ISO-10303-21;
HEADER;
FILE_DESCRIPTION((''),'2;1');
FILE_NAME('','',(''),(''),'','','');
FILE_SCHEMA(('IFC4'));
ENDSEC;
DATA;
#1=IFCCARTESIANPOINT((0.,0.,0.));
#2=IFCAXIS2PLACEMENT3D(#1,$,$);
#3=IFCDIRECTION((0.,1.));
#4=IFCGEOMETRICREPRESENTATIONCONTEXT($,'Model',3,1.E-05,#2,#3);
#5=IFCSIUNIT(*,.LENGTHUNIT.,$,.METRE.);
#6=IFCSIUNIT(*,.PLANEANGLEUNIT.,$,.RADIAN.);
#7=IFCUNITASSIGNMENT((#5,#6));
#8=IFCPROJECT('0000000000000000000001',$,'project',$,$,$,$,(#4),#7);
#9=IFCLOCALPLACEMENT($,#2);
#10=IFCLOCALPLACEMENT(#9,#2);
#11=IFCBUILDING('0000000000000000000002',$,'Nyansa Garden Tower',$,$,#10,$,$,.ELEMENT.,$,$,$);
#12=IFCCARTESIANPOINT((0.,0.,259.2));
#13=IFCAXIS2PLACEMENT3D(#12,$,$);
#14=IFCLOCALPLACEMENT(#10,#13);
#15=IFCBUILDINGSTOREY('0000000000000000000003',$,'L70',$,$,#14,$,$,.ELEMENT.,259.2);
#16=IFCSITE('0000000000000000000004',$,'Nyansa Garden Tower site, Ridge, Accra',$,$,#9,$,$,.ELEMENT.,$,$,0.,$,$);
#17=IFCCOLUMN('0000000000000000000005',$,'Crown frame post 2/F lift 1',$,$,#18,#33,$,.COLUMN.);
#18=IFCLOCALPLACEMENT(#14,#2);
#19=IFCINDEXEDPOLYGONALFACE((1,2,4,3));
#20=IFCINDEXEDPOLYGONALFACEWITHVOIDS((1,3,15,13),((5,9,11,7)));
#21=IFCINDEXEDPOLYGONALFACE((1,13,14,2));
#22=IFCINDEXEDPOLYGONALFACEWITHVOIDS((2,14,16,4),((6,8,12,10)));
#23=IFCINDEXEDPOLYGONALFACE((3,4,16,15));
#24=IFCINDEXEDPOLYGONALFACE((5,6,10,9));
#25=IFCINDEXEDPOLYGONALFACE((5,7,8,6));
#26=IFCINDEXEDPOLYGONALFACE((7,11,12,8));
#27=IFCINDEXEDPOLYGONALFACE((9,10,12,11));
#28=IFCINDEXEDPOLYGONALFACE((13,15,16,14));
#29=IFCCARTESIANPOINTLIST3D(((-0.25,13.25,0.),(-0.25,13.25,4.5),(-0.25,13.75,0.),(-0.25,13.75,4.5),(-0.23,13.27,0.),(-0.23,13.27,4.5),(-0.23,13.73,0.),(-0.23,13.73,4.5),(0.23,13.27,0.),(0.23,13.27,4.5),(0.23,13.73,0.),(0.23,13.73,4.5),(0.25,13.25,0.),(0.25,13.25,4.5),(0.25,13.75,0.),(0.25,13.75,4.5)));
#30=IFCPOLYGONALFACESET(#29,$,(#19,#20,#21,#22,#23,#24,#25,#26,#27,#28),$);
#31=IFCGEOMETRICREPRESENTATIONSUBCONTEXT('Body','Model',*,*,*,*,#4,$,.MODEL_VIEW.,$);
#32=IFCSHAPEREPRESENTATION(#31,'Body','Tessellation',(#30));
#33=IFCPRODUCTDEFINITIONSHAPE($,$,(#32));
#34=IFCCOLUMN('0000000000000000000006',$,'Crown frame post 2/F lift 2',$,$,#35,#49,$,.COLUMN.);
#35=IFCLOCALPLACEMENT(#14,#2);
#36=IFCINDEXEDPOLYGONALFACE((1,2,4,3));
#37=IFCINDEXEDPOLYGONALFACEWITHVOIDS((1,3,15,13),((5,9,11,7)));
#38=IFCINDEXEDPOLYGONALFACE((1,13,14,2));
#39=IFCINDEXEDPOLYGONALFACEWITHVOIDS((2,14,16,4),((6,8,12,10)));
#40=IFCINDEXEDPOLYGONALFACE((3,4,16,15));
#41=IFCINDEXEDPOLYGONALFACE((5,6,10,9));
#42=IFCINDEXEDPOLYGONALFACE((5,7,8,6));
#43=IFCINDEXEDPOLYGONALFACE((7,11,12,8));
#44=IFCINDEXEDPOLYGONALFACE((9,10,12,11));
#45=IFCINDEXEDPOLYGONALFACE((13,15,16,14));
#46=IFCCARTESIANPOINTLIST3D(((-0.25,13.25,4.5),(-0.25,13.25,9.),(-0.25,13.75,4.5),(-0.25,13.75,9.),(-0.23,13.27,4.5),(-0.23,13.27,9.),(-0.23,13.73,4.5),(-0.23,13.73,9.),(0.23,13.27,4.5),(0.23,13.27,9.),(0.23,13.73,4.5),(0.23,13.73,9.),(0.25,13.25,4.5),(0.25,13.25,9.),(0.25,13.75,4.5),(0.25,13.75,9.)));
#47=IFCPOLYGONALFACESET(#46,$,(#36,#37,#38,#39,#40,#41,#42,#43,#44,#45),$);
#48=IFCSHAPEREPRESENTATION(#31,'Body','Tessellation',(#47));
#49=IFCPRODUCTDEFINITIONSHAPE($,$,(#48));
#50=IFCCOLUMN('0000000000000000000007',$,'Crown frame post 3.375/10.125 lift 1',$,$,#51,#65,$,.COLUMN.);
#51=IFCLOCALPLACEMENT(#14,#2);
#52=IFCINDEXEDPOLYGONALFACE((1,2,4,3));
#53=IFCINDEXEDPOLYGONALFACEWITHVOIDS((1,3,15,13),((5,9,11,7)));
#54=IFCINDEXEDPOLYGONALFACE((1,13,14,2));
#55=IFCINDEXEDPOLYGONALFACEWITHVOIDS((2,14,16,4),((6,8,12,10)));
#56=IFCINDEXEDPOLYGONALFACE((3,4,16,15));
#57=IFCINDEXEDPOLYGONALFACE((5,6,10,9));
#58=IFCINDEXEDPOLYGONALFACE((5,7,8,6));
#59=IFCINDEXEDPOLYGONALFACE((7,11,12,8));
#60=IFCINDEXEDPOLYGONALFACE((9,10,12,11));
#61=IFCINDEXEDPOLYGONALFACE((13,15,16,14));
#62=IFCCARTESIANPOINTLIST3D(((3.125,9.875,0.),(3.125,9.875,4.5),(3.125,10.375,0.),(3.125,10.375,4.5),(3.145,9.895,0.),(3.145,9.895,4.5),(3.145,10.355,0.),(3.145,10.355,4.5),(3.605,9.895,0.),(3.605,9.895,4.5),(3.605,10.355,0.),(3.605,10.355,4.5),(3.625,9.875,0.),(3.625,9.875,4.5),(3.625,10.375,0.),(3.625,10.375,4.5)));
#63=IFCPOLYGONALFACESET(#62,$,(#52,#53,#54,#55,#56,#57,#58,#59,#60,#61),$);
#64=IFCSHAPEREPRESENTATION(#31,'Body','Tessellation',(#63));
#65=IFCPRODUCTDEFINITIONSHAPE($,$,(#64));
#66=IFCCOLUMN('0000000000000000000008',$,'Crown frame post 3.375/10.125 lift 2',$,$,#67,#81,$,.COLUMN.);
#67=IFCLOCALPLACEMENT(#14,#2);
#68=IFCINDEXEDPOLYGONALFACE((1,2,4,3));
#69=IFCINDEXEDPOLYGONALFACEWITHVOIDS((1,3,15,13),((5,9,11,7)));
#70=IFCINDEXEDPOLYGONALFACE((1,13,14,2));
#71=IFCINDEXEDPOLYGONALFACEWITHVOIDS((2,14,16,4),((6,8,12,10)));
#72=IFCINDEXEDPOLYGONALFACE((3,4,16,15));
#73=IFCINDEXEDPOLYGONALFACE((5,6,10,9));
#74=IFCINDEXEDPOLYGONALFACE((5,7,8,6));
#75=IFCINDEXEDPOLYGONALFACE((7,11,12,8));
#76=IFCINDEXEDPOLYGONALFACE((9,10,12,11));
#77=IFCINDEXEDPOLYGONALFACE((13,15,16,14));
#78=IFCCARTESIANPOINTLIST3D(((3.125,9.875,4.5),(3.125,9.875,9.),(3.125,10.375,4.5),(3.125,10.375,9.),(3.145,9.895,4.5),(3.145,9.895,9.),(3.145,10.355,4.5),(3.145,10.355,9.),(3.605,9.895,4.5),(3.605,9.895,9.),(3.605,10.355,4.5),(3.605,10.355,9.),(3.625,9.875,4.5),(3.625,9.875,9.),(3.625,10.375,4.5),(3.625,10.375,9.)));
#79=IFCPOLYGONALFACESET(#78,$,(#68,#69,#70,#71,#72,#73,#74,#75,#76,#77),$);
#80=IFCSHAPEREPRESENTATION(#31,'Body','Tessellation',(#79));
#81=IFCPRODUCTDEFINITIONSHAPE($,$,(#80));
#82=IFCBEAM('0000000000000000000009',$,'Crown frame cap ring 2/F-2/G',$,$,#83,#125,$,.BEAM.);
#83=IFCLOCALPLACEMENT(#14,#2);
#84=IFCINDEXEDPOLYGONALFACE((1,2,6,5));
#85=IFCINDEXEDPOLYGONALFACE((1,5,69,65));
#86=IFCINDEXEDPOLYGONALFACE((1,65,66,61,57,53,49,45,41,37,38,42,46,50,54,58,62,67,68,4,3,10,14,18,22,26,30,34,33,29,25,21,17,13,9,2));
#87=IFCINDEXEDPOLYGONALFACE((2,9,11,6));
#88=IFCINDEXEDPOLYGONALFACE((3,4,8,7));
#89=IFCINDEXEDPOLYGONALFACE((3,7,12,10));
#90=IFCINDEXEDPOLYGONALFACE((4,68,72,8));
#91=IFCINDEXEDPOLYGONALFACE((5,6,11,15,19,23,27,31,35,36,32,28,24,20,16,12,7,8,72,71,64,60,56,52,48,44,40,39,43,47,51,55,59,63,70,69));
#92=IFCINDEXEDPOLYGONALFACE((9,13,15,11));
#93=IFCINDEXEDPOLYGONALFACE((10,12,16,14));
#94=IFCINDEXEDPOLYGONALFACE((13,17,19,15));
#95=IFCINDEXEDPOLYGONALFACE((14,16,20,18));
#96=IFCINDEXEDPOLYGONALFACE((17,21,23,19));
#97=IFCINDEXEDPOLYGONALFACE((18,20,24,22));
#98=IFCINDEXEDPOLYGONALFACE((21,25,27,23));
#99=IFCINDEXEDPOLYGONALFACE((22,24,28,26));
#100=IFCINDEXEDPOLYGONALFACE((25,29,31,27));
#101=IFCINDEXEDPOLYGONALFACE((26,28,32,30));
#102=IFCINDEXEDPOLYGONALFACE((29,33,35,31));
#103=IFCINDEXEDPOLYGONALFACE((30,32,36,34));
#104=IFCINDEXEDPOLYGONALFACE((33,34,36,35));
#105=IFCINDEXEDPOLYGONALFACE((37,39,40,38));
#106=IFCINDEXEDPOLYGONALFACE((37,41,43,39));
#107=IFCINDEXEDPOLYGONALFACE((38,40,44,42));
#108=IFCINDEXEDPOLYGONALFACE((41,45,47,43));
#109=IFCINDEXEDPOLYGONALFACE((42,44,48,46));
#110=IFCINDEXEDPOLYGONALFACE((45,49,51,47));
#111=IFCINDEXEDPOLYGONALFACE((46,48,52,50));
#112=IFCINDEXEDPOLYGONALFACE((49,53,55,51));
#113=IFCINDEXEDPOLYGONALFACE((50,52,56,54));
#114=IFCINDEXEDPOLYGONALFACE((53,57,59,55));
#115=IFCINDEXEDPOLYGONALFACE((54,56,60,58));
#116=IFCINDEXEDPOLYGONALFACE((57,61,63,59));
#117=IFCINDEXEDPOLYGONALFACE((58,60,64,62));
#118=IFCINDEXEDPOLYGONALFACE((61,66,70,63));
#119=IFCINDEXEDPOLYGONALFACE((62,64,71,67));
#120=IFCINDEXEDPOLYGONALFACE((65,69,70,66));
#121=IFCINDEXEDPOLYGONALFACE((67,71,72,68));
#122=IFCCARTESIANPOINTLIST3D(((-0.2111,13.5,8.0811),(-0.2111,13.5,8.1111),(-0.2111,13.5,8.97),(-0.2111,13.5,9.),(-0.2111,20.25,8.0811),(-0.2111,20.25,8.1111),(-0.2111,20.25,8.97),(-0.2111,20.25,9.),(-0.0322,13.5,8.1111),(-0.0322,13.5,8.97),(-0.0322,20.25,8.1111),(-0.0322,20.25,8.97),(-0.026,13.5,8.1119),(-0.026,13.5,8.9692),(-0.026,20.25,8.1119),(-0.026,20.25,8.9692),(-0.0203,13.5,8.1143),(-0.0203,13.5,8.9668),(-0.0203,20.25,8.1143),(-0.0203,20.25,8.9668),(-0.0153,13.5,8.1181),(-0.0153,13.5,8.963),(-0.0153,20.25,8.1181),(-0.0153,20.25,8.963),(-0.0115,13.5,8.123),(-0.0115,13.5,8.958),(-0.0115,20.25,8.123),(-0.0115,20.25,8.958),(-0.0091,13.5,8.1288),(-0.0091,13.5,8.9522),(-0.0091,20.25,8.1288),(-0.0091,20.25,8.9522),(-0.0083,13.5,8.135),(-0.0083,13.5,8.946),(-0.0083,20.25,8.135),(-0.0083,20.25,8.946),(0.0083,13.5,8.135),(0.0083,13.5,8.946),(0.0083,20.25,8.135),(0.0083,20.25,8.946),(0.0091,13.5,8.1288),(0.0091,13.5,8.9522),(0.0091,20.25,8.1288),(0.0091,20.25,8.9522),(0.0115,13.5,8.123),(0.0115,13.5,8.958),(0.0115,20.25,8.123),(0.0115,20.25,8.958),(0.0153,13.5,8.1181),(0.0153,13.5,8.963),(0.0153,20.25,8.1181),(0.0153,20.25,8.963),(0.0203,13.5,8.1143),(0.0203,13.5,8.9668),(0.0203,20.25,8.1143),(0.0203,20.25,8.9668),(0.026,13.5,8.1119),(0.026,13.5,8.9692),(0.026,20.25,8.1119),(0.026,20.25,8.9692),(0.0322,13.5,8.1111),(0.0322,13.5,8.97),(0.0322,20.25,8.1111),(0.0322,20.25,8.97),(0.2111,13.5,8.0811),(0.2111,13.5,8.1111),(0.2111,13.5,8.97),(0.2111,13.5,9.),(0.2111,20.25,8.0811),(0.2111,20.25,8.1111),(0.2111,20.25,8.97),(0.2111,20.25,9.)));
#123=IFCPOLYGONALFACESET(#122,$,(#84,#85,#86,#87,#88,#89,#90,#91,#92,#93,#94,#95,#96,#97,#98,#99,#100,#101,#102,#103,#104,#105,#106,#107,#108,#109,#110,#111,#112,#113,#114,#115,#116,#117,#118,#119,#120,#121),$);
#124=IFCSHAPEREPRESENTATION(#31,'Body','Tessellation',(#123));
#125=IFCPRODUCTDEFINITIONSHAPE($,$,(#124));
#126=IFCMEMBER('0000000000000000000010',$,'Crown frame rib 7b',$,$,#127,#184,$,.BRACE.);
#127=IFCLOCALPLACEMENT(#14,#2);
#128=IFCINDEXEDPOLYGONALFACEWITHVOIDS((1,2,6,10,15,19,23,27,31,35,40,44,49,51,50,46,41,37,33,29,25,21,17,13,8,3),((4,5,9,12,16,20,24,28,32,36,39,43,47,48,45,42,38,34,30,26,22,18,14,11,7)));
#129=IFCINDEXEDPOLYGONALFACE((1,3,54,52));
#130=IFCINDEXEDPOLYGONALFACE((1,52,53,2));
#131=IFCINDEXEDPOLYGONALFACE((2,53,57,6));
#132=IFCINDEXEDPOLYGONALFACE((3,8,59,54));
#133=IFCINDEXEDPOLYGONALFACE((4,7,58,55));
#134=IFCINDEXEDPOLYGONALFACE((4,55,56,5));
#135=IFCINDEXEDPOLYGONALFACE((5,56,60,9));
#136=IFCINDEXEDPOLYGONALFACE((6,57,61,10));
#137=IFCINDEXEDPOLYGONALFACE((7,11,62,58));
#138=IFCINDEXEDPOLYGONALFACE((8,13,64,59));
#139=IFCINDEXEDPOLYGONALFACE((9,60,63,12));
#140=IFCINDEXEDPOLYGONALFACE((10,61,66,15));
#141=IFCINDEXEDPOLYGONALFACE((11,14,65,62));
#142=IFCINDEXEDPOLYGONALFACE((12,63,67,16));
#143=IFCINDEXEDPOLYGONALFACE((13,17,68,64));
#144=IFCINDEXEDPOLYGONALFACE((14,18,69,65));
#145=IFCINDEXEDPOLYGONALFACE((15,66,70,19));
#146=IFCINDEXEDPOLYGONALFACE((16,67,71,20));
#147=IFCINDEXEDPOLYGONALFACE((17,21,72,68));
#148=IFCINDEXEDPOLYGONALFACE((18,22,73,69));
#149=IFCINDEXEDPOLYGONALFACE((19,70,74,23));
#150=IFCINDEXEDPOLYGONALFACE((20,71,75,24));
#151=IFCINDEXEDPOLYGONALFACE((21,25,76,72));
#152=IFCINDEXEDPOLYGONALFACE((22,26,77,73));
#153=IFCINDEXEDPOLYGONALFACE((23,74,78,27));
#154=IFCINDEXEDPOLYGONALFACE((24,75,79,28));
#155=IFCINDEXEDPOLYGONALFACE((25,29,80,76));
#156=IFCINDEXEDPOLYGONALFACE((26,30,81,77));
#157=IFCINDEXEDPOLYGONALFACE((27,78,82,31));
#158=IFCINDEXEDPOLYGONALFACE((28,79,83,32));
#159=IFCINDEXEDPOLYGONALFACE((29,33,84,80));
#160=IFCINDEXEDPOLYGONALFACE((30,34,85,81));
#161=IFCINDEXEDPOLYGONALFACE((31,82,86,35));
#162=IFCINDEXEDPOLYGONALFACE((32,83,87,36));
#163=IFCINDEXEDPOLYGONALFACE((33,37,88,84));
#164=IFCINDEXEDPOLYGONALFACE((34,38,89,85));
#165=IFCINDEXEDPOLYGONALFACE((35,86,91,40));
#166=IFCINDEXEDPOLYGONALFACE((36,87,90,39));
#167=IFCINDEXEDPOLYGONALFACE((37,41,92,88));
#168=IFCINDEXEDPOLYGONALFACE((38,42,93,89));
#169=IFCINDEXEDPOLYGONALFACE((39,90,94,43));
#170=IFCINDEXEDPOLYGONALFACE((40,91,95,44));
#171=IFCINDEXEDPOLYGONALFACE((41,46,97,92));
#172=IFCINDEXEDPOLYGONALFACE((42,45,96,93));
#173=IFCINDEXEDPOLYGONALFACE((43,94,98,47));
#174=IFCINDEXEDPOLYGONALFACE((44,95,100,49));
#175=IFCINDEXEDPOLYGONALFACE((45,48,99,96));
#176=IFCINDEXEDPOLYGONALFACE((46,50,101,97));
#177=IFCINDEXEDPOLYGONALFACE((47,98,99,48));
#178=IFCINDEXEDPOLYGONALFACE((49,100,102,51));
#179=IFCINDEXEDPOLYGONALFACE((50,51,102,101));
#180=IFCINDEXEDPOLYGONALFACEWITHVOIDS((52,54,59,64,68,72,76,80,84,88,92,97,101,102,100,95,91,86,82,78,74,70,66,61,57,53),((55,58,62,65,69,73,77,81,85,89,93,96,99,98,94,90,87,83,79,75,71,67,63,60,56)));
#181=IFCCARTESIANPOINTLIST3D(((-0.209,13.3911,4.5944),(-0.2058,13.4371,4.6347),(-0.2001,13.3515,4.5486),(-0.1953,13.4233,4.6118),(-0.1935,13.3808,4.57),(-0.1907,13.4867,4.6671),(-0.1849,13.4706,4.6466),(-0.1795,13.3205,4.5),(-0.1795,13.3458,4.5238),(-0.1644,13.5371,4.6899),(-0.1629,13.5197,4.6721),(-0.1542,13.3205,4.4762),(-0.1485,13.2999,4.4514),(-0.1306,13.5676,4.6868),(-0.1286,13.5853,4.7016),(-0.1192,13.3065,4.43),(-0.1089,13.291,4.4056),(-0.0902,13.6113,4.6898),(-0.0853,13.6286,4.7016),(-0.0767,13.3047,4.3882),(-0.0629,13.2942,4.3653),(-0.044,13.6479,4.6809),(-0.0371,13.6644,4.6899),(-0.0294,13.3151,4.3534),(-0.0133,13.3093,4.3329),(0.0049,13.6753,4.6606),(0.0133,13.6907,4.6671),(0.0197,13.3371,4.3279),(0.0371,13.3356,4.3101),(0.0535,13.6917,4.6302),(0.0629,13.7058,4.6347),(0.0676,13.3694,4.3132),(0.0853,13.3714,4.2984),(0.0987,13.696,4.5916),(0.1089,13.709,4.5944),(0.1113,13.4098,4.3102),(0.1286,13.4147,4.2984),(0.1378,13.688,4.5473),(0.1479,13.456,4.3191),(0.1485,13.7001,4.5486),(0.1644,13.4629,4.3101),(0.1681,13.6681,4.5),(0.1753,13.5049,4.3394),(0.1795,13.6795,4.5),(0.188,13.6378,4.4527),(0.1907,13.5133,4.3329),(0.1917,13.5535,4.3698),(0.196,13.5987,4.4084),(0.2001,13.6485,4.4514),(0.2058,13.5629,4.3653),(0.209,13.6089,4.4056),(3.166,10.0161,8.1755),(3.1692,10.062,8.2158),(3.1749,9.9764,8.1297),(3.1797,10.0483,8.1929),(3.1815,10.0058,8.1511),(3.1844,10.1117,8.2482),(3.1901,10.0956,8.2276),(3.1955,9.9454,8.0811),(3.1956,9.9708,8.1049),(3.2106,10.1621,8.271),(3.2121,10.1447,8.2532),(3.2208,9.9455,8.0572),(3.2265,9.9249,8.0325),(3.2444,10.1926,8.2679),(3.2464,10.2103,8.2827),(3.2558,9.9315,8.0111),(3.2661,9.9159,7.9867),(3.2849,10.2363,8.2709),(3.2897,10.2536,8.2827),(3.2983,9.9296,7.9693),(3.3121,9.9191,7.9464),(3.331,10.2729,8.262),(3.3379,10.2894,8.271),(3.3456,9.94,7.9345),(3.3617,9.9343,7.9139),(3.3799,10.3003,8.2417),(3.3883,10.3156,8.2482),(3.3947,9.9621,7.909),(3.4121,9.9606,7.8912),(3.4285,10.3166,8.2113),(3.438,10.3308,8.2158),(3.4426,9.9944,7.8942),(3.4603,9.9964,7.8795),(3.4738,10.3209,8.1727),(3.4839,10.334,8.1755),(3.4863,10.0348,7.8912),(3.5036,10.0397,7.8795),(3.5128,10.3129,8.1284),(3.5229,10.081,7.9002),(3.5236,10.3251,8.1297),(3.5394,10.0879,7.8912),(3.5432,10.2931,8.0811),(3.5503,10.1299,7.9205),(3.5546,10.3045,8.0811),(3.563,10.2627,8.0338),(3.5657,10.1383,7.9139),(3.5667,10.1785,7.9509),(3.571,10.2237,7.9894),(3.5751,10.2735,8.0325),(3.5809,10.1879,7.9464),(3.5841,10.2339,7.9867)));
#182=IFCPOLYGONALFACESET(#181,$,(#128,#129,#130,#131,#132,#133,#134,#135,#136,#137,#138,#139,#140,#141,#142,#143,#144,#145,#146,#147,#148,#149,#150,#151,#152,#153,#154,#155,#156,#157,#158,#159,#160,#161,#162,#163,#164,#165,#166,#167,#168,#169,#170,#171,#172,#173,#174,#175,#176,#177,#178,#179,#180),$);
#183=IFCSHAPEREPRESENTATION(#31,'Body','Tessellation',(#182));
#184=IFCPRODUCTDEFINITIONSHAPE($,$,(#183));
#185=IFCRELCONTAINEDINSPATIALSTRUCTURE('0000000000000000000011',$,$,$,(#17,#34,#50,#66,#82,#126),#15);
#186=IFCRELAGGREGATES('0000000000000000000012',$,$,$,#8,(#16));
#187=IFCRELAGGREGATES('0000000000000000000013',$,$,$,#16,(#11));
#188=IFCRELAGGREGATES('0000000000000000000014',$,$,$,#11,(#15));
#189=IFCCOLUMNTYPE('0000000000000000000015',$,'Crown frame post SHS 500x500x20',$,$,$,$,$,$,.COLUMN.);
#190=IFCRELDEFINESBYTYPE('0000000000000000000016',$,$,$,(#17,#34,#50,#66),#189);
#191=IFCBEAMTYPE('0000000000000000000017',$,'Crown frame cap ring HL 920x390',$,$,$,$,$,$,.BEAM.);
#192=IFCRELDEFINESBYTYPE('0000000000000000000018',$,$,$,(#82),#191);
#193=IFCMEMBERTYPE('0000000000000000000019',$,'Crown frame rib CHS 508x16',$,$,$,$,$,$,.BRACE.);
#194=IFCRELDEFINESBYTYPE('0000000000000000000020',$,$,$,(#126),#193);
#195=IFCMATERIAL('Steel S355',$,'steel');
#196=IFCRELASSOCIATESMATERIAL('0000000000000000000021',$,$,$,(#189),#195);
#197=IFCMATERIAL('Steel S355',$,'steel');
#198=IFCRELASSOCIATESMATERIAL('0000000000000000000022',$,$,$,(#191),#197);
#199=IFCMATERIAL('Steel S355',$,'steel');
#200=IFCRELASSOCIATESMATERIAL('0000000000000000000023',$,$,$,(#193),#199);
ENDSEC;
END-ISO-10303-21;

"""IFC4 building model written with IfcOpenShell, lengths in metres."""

from ifc_helpers import new_model, si_unit, direction, frame, origin, origin_2d, place, context, subcontext, project, spatial, hollow_rectangle, hollow_circle, i_section, extrude, material, material_profile, profile_set, type_object, element, save


model = new_model("IFC4")

# Units and contexts
model_context = context("Model", 3, precision=1e-05, world=origin(), true_north=direction((0.0, 1.0)))
body_context = subcontext(model_context, "Body", "Model", "MODEL_VIEW")
ifc_project = project(units=[si_unit("LENGTHUNIT", "METRE"), si_unit("PLANEANGLEUNIT", "RADIAN")], contexts=[model_context])

# Site, building, storey
site_placement = place(None, origin())
site = spatial("IfcSite", under=ifc_project, at=site_placement, Name="Nyansa Garden Tower site, Ridge, Accra", CompositionType="ELEMENT", RefElevation=0.0)
building_placement = place(site_placement, origin())
building = spatial("IfcBuilding", under=site, at=building_placement, Name="Nyansa Garden Tower", CompositionType="ELEMENT")
storey_placement = place(building_placement, frame((0.0, 0.0, 259.2)))
storey = spatial("IfcBuildingStorey", under=building, at=storey_placement, Name="L70", CompositionType="ELEMENT", Elevation=259.2)

# Columns
ifc_material_1 = material(Name="Steel S355", Category="steel")
ifc_material_profile_1 = material_profile(ifc_material_1, hollow_rectangle(XDim=0.5, YDim=0.5, WallThickness=0.02, at=origin_2d()), Name="SHS 500x500x20")
ifc_profile_set_1 = profile_set([ifc_material_profile_1], Name="Steel S355")
column_type = type_object("IfcColumnType", Name="Crown frame post SHS 500x500x20", PredefinedType="COLUMN", material=ifc_profile_set_1)
for number, where, z_axis, x_axis, name in (
    (1, (0.0, 13.5, 0.0), (0.0, 0.0, 1.0), (1.0, 0.0, 0.0), "Crown frame post 2/F lift 1"),
    (2, (0.0, 13.5, 4.5), (0.0, 0.0, 1.0), (1.0, 0.0, 0.0), "Crown frame post 2/F lift 2"),
    (3, (3.375, 10.125, 0.0), (0.0, 0.0, 1.0), (1.0, 0.0, 0.0), "Crown frame post 3.375/10.125 lift 1"),
    (4, (3.375, 10.125, 4.5), (0.0, 0.0, 1.0), (1.0, 0.0, 0.0), "Crown frame post 3.375/10.125 lift 2"),
):
    element("IfcColumn", number, at=place(storey_placement, frame(where, z_axis=z_axis, x_axis=x_axis)), inside=storey, type_object=column_type, Name=name, PredefinedType="COLUMN", context=body_context, shape_type="SweptSolid", body=[
        extrude(hollow_rectangle(XDim=0.5, YDim=0.5, WallThickness=0.02, at=origin_2d()), origin(), (0.0, 0.0, 1.0), 4.5),
    ])

# Beam
ifc_material_2 = material(Name="Steel S355", Category="steel")
ifc_material_profile_2 = material_profile(ifc_material_2, i_section(OverallWidth=0.4221, OverallDepth=0.9189, WebThickness=0.0166, FlangeThickness=0.03, FilletRadius=0.0239, at=origin_2d()), Name="HL 920x390")
ifc_profile_set_2 = profile_set([ifc_material_profile_2], Name="Steel S355")
beam_type_1 = type_object("IfcBeamType", Name="Crown frame cap ring HL 920x390", PredefinedType="BEAM", material=ifc_profile_set_2)
beam_1_placement = place(storey_placement, frame((0.0, 13.5, 8.5405), z_axis=(0.0, 1.0, 0.0), x_axis=(-1.0, 0.0, 0.0)))
element("IfcBeam", 5, at=beam_1_placement, inside=storey, type_object=beam_type_1, Name="Crown frame cap ring 2/F-2/G", PredefinedType="BEAM", context=body_context, shape_type="SweptSolid", body=[
    extrude(i_section(OverallWidth=0.4221, OverallDepth=0.9189, WebThickness=0.0166, FlangeThickness=0.03, FilletRadius=0.0239, at=origin_2d()), origin(), (0.0, 0.0, 1.0), 6.75),
])

# Member
ifc_material_3 = material(Name="Steel S355", Category="steel")
ifc_material_profile_3 = material_profile(ifc_material_3, hollow_circle(Radius=0.2539, WallThickness=0.0161, at=origin_2d()), Name="CHS 508x16")
ifc_profile_set_3 = profile_set([ifc_material_profile_3], Name="Steel S355")
member_type = type_object("IfcMemberType", Name="Crown frame rib CHS 508x16", PredefinedType="BRACE", material=ifc_profile_set_3)
member_1_placement = place(storey_placement, frame((0.0, 13.5, 4.5), z_axis=(0.56561, -0.56561, 0.600142), x_axis=(0.707107, 0.707107, 0.0)))
element("IfcMember", 6, at=member_1_placement, inside=storey, type_object=member_type, Name="Crown frame rib 7b", PredefinedType="BRACE", context=body_context, shape_type="SweptSolid", body=[
    extrude(hollow_circle(Radius=0.2539, WallThickness=0.0161, at=origin_2d()), origin(), (0.0, 0.0, 1.0), 5.967),
])

save(model, "model.ifc")
